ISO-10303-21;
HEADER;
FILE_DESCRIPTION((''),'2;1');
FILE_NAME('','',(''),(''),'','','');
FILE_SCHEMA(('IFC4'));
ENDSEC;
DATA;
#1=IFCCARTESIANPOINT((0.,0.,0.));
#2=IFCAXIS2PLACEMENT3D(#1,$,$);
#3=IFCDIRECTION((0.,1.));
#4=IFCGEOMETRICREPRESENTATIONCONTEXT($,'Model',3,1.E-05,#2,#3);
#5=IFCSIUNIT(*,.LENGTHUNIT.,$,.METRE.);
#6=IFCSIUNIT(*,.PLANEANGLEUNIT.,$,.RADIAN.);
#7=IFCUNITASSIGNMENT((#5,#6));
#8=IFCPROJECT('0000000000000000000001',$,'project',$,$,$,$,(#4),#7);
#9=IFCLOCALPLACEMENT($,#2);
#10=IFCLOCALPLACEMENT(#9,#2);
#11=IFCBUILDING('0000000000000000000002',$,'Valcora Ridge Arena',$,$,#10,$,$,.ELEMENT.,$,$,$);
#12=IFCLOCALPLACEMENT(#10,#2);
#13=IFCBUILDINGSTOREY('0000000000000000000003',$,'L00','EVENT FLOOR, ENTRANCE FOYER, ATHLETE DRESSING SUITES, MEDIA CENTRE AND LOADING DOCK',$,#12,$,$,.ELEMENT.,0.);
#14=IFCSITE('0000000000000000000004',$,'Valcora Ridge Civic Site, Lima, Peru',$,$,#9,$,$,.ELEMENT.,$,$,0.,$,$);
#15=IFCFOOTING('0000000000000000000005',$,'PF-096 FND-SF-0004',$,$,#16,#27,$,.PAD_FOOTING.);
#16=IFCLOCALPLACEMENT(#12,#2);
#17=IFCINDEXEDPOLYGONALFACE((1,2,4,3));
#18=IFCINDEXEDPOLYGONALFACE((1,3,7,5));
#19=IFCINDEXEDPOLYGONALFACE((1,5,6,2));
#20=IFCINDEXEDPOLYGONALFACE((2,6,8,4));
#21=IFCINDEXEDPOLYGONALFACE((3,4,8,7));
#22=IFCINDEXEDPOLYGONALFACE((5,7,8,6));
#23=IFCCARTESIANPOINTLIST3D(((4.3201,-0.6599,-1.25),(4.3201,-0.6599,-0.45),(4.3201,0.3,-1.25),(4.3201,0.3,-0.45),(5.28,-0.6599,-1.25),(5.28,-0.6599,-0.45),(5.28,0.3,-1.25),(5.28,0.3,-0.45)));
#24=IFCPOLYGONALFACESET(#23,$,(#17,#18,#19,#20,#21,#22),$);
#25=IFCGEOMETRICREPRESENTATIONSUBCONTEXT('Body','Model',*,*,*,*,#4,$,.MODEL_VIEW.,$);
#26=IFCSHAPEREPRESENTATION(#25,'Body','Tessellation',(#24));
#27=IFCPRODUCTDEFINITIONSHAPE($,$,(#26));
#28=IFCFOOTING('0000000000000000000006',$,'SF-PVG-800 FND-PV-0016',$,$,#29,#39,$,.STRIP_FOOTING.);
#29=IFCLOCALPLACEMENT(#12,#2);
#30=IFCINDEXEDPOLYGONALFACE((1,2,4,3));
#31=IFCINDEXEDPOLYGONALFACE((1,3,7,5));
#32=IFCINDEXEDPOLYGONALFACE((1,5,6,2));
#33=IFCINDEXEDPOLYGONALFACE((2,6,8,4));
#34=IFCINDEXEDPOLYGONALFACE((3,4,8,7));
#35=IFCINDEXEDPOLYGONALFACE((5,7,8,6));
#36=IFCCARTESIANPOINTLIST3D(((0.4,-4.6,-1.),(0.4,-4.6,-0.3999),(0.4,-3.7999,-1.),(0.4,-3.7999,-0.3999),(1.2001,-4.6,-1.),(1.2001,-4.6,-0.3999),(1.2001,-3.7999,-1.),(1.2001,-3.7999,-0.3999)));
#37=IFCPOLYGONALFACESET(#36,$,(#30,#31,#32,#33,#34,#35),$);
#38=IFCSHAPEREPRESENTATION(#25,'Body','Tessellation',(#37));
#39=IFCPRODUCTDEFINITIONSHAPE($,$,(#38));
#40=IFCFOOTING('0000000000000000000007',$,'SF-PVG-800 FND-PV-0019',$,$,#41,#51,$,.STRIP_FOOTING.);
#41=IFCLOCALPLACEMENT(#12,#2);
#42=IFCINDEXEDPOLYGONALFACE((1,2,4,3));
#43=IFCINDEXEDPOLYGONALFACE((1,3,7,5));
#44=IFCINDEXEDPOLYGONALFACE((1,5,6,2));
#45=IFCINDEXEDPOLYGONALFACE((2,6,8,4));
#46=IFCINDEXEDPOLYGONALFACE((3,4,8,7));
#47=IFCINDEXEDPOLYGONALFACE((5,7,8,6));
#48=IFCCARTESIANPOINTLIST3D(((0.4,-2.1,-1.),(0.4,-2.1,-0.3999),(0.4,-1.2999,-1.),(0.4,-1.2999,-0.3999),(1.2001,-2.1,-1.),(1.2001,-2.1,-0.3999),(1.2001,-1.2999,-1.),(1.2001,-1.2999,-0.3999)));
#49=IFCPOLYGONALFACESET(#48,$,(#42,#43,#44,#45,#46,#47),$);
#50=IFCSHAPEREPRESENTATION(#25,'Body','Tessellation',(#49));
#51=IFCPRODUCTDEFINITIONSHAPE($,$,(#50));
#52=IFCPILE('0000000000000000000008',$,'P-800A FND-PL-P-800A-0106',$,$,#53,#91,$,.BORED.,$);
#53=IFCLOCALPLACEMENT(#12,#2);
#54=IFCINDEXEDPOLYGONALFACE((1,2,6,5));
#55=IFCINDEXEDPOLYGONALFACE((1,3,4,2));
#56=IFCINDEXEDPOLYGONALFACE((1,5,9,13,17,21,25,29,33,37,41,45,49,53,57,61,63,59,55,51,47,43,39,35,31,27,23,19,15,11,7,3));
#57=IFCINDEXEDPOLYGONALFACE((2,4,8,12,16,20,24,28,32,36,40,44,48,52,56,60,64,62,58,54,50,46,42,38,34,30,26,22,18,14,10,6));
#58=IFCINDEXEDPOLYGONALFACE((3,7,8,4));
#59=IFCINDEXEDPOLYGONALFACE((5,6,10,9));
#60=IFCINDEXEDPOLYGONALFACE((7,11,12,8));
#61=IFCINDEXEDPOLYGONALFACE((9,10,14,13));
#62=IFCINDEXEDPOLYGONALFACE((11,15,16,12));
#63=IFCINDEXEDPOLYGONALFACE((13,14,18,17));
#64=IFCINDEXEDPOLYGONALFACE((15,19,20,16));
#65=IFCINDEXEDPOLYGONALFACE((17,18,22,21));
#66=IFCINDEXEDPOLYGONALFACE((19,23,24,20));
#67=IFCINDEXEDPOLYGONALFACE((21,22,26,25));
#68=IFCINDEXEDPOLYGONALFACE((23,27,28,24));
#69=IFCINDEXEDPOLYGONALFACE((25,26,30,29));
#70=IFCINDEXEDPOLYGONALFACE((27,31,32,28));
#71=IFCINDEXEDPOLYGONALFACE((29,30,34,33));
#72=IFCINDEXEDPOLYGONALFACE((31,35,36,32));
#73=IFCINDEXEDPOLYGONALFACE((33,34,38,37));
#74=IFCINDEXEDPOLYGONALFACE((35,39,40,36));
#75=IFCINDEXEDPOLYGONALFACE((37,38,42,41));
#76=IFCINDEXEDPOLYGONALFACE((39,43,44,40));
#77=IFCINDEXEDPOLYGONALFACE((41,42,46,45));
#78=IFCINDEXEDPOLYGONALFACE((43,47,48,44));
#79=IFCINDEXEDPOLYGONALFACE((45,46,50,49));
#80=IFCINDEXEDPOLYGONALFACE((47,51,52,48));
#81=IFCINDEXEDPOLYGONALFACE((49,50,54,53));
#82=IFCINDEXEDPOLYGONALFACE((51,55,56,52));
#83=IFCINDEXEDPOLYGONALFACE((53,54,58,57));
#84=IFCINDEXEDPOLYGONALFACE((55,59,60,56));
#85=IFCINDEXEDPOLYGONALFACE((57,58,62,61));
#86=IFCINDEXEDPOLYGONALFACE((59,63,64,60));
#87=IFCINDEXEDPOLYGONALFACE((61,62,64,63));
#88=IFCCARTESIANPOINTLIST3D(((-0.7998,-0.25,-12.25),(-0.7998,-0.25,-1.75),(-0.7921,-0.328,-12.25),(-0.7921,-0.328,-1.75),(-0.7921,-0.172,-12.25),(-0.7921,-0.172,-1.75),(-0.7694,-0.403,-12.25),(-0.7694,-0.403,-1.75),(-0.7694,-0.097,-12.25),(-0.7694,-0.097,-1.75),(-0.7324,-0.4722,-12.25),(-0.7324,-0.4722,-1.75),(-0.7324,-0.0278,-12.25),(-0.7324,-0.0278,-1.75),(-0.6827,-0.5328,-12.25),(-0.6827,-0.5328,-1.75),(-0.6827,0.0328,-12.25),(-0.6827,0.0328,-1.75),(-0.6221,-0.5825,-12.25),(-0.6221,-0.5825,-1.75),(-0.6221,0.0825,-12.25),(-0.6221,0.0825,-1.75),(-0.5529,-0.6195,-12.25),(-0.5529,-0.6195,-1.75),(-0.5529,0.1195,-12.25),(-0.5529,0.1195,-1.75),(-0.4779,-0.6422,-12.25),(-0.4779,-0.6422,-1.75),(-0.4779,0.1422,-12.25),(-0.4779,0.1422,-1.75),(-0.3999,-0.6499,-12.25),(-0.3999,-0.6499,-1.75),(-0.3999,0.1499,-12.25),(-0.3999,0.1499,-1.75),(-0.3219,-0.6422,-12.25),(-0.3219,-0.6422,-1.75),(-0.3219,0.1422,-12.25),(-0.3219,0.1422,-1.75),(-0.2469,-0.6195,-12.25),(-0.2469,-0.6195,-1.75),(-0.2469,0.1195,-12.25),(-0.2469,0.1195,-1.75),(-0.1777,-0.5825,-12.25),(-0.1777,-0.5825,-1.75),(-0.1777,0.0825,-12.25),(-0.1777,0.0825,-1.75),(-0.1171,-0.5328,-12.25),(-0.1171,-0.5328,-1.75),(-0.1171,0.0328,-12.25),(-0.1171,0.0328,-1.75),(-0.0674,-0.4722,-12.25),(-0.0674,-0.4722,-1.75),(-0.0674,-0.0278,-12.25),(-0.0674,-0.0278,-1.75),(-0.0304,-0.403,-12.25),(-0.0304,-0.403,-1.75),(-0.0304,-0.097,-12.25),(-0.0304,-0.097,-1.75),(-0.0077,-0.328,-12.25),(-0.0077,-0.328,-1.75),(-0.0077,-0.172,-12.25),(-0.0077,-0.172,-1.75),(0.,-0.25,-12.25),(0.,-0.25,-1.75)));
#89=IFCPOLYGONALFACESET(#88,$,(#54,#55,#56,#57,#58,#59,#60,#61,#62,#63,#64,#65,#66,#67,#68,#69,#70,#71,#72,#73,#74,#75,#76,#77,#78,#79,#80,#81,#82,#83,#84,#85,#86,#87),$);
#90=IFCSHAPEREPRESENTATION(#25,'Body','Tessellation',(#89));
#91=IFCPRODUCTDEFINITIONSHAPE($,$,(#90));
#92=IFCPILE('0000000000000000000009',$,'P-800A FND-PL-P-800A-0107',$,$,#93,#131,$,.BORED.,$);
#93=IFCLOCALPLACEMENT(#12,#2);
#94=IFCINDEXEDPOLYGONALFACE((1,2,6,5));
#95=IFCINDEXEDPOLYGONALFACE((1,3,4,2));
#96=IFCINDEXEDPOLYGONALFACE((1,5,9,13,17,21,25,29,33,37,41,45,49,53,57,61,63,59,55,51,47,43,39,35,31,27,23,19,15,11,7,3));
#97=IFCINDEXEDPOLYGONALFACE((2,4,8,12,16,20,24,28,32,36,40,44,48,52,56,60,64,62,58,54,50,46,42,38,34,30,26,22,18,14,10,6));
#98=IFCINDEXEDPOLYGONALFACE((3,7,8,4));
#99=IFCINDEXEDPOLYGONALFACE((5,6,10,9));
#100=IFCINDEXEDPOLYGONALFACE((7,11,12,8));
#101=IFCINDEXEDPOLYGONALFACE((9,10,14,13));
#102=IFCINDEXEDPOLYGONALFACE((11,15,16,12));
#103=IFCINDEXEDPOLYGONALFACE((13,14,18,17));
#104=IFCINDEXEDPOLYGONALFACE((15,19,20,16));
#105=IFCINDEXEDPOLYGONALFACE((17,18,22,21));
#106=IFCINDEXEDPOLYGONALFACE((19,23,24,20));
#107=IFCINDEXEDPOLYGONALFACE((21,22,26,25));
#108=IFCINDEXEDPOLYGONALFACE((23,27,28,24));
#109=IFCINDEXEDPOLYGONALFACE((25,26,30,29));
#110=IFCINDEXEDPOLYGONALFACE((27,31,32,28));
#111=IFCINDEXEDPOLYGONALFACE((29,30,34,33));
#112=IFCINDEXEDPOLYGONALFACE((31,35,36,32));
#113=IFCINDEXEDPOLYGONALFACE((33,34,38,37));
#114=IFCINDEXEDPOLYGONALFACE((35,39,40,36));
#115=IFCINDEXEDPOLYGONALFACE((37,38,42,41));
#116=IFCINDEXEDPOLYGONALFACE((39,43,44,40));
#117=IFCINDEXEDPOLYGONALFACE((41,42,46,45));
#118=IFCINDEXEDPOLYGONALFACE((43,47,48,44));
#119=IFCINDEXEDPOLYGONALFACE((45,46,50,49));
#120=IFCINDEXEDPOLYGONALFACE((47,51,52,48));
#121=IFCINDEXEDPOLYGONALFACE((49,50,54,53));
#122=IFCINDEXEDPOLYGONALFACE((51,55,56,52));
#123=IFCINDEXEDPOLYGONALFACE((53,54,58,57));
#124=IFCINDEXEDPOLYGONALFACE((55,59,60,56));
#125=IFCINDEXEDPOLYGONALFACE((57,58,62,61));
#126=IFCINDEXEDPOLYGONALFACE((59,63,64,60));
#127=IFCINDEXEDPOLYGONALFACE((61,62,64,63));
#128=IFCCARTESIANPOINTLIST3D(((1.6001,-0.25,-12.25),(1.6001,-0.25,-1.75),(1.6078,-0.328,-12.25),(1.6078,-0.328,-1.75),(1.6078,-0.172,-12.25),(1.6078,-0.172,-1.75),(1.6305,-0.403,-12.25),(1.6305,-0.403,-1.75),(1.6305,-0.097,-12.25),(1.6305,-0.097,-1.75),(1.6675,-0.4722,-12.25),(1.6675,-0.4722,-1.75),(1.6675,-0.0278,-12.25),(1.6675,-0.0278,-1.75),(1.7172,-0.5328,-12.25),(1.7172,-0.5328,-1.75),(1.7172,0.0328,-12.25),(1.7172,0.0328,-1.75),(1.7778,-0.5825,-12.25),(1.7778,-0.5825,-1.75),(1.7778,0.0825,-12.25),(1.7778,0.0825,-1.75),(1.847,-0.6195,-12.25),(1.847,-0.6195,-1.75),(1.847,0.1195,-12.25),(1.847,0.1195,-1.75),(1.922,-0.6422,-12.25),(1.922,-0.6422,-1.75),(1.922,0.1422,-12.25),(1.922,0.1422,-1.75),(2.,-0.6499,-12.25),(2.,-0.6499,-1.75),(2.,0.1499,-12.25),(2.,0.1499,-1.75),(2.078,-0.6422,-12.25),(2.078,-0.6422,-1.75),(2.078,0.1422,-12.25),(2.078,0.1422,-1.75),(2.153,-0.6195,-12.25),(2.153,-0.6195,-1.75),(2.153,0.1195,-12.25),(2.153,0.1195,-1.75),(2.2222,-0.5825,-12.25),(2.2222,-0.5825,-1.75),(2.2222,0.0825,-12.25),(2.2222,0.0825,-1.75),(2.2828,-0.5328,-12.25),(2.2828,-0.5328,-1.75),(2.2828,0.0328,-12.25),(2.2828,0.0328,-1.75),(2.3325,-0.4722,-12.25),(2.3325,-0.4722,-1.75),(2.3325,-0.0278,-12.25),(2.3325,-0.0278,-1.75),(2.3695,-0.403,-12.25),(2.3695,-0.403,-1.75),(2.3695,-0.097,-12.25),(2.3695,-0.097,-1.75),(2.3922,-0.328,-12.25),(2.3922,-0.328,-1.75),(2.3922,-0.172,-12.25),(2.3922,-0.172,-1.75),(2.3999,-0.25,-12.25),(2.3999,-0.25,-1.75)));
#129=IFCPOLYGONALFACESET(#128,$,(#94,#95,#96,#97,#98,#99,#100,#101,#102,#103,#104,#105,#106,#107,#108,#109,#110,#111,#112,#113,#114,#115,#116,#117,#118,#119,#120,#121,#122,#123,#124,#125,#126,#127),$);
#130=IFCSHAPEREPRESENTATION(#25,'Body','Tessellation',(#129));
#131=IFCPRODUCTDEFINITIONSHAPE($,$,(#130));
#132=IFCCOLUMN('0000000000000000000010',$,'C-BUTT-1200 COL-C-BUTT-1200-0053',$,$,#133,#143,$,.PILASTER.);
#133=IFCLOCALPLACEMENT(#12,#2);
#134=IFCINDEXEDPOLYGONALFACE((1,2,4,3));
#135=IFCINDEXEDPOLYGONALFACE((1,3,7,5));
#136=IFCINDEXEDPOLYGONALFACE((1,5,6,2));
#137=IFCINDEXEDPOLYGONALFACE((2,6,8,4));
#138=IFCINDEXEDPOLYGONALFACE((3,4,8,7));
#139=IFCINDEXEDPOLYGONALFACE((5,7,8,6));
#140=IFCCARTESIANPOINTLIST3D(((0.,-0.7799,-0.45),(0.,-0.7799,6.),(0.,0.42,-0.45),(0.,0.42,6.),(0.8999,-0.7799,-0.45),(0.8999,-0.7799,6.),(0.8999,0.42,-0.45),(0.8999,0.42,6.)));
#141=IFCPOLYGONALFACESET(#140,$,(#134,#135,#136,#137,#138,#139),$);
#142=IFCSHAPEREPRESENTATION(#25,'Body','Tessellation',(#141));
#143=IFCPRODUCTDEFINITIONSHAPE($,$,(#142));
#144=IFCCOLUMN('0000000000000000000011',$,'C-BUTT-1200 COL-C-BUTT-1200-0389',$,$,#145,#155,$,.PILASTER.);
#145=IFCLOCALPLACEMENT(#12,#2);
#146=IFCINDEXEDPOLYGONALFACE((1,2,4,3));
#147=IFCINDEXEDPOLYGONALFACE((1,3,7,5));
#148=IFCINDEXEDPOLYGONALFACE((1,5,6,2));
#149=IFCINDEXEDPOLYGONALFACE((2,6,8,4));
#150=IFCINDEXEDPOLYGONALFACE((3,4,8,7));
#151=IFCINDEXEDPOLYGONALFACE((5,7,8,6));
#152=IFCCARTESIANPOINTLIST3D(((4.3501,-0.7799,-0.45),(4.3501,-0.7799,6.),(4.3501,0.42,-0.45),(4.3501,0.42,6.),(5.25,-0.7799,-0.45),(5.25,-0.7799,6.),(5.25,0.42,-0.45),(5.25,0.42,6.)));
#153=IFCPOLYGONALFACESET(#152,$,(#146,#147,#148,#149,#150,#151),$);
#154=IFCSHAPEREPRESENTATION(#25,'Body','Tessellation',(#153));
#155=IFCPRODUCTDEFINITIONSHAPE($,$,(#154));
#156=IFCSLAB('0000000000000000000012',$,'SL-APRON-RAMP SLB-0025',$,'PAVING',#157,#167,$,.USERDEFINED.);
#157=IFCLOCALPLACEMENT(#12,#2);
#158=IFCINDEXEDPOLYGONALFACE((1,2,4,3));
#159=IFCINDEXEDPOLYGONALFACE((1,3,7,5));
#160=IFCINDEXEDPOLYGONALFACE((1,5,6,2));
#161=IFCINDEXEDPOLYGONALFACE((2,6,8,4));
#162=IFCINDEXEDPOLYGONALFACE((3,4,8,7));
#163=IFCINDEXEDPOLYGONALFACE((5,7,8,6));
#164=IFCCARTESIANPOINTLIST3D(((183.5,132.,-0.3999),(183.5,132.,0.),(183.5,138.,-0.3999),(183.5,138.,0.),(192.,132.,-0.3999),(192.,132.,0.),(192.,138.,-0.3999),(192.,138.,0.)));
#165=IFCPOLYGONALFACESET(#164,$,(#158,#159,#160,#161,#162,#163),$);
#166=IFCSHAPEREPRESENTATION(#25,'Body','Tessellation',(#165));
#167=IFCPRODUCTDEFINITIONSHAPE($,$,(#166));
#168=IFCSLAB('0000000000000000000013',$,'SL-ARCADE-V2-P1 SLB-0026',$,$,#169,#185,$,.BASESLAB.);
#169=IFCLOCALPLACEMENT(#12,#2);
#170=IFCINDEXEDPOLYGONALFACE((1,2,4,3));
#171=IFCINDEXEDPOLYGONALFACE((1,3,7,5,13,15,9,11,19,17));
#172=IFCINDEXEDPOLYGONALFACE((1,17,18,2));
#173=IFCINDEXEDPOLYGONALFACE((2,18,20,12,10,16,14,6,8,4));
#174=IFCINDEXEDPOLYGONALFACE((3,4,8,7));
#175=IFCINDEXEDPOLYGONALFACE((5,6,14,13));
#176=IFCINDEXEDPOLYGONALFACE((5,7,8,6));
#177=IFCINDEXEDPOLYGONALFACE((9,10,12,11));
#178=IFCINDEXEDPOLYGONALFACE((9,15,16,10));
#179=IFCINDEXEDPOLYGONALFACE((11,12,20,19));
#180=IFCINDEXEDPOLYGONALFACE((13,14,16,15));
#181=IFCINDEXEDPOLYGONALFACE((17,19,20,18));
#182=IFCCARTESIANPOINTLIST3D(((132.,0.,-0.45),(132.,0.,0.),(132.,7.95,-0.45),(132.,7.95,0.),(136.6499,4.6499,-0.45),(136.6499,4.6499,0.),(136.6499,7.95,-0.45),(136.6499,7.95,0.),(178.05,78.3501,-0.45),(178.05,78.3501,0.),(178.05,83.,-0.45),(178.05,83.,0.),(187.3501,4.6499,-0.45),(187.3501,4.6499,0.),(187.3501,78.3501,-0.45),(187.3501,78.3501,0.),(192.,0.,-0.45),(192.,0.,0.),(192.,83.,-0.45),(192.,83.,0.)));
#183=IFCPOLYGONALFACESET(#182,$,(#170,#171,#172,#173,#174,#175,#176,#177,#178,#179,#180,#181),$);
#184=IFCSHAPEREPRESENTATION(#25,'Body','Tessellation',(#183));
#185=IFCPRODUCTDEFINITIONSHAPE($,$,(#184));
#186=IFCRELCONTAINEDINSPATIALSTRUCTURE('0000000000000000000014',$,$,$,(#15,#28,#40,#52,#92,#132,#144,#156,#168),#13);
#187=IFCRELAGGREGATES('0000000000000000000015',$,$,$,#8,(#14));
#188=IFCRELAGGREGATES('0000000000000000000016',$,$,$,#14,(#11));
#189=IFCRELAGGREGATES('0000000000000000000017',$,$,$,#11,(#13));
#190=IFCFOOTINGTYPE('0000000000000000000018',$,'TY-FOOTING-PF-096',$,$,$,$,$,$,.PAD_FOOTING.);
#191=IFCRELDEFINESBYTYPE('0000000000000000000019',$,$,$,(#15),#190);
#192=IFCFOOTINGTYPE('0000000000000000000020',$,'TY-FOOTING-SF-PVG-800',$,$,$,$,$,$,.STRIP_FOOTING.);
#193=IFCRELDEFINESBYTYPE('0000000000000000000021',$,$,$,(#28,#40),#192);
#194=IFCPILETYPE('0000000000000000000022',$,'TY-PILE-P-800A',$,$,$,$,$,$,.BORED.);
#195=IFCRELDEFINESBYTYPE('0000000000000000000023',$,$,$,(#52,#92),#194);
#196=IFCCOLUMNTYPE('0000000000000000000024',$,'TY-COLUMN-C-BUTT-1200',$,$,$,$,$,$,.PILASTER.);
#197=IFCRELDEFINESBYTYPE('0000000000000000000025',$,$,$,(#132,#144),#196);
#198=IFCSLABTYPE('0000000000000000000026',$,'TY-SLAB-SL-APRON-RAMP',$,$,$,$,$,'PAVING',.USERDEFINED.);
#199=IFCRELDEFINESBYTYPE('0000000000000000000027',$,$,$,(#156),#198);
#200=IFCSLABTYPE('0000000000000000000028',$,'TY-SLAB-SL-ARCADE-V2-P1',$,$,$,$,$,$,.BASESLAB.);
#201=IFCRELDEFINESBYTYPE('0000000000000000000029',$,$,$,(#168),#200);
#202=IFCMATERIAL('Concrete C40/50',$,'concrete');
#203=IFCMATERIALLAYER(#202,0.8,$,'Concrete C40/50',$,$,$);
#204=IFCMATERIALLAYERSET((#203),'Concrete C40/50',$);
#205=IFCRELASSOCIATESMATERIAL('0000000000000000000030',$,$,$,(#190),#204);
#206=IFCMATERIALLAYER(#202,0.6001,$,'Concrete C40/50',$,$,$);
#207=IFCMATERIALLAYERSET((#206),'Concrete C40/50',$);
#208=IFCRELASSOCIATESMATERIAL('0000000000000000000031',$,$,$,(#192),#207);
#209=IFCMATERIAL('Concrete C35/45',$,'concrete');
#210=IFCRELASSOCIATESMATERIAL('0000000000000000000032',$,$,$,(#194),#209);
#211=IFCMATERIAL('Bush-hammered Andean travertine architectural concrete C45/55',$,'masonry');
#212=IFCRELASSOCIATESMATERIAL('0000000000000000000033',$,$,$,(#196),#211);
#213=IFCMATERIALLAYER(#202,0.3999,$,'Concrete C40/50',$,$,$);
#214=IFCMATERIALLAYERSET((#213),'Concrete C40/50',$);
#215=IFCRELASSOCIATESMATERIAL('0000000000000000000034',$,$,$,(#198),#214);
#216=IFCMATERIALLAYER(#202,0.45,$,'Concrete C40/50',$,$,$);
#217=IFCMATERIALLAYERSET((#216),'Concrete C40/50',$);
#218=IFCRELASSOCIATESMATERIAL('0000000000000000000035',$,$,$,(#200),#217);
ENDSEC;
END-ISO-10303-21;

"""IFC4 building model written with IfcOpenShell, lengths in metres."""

from ifc_helpers import new_model, si_unit, direction, frame, origin, origin_2d, place, context, subcontext, project, spatial, polyline, rectangle, circle, outline, extrude, material, layer, layer_set, material_profile, profile_set, type_object, element, save


model = new_model("IFC4")

# Units and contexts
model_context = context("Model", 3, precision=1e-05, world=origin(), true_north=direction((0.0, 1.0)))
body_context = subcontext(model_context, "Body", "Model", "MODEL_VIEW")
ifc_project = project(units=[si_unit("LENGTHUNIT", "METRE"), si_unit("PLANEANGLEUNIT", "RADIAN")], contexts=[model_context])

# Site, building, storey
site_placement = place(None, origin())
site = spatial("IfcSite", under=ifc_project, at=site_placement, Name="Valcora Ridge Civic Site, Lima, Peru", CompositionType="ELEMENT", RefElevation=0.0)
building_placement = place(site_placement, origin())
building = spatial("IfcBuilding", under=site, at=building_placement, Name="Valcora Ridge Arena", CompositionType="ELEMENT")
storey_placement = place(building_placement, origin())
storey = spatial("IfcBuildingStorey", under=building, at=storey_placement, Name="L00", Description="EVENT FLOOR, ENTRANCE FOYER, ATHLETE DRESSING SUITES, MEDIA CENTRE AND LOADING DOCK", CompositionType="ELEMENT", Elevation=0.0)

# Footings
ifc_material_1 = material(Name="Concrete C40/50", Category="concrete")
ifc_layer_1 = layer(ifc_material_1, 0.8, Name="Concrete C40/50")
ifc_layer_set_1 = layer_set([ifc_layer_1], Name="Concrete C40/50")
footing_type_1 = type_object("IfcFootingType", Name="TY-FOOTING-PF-096", PredefinedType="PAD_FOOTING", material=ifc_layer_set_1)
footing_placement = place(storey_placement, frame((4.8, -0.1799, -1.25), z_axis=(0.0, 0.0, 1.0), x_axis=(1.0, 0.0, 0.0)))
element("IfcFooting", 1, at=footing_placement, inside=storey, type_object=footing_type_1, Name="PF-096 FND-SF-0004", PredefinedType="PAD_FOOTING", context=body_context, shape_type="SweptSolid", body=[
    extrude(rectangle(XDim=0.96, YDim=0.96, at=origin_2d()), origin(), (0.0, 0.0, 1.0), 0.8),
])
ifc_layer_2 = layer(ifc_material_1, 0.6001, Name="Concrete C40/50")
ifc_layer_set_2 = layer_set([ifc_layer_2], Name="Concrete C40/50")
footing_type_2 = type_object("IfcFootingType", Name="TY-FOOTING-SF-PVG-800", PredefinedType="STRIP_FOOTING", material=ifc_layer_set_2)
for number, where, z_axis, x_axis, name in (
    (2, (0.8, -4.2, -1.0), (0.0, 0.0, 1.0), (1.0, 0.0, 0.0), "SF-PVG-800 FND-PV-0016"),
    (3, (0.8, -1.7, -1.0), (0.0, 0.0, 1.0), (1.0, 0.0, 0.0), "SF-PVG-800 FND-PV-0019"),
):
    element("IfcFooting", number, at=place(storey_placement, frame(where, z_axis=z_axis, x_axis=x_axis)), inside=storey, type_object=footing_type_2, Name=name, PredefinedType="STRIP_FOOTING", context=body_context, shape_type="SweptSolid", body=[
        extrude(rectangle(XDim=0.8, YDim=0.8, at=origin_2d()), origin(), (0.0, 0.0, 1.0), 0.6001),
    ])

# Piles
ifc_material_2 = material(Name="Concrete C35/45", Category="concrete")
ifc_material_profile_1 = material_profile(ifc_material_2, circle(Radius=0.3999, at=origin_2d()), Name="BORED PILE D800")
ifc_profile_set_1 = profile_set([ifc_material_profile_1], Name="Concrete C35/45")
pile_type = type_object("IfcPileType", Name="TY-PILE-P-800A", PredefinedType="BORED", material=ifc_profile_set_1)
for number, where, z_axis, x_axis, name in (
    (4, (-0.3999, -0.25, -1.75), (0.0, 0.0, -1.0), (1.0, 0.0, 0.0), "P-800A FND-PL-P-800A-0106"),
    (5, (2.0, -0.25, -1.75), (0.0, 0.0, -1.0), (1.0, 0.0, 0.0), "P-800A FND-PL-P-800A-0107"),
):
    element("IfcPile", number, at=place(storey_placement, frame(where, z_axis=z_axis, x_axis=x_axis)), inside=storey, type_object=pile_type, Name=name, PredefinedType="BORED", context=body_context, shape_type="SweptSolid", body=[
        extrude(circle(Radius=0.3999, at=origin_2d()), origin(), (0.0, 0.0, 1.0), 10.5),
    ])

# Columns
ifc_material_3 = material(Name="Bush-hammered Andean travertine architectural concrete C45/55", Category="masonry")
ifc_material_profile_2 = material_profile(ifc_material_3, rectangle(XDim=0.8999, YDim=1.2, at=origin_2d()), Name="RC 900x1200")
ifc_profile_set_2 = profile_set([ifc_material_profile_2], Name="Bush-hammered Andean travertine architectural concrete C45/55")
column_type = type_object("IfcColumnType", Name="TY-COLUMN-C-BUTT-1200", PredefinedType="PILASTER", material=ifc_profile_set_2)
for number, where, z_axis, x_axis, name in (
    (6, (0.45, -0.1799, -0.45), (0.0, 0.0, 1.0), (1.0, 0.0, 0.0), "C-BUTT-1200 COL-C-BUTT-1200-0053"),
    (7, (4.8, -0.1799, -0.45), (0.0, 0.0, 1.0), (1.0, 0.0, 0.0), "C-BUTT-1200 COL-C-BUTT-1200-0389"),
):
    element("IfcColumn", number, at=place(storey_placement, frame(where, z_axis=z_axis, x_axis=x_axis)), inside=storey, type_object=column_type, Name=name, PredefinedType="PILASTER", context=body_context, shape_type="SweptSolid", body=[
        extrude(rectangle(XDim=0.8999, YDim=1.2, at=origin_2d()), origin(), (0.0, 0.0, 1.0), 6.45),
    ])

# Slabs
ifc_layer_3 = layer(ifc_material_1, 0.3999, Name="Concrete C40/50")
ifc_layer_set_3 = layer_set([ifc_layer_3], Name="Concrete C40/50")
slab_type_1 = type_object("IfcSlabType", Name="TY-SLAB-SL-APRON-RAMP", ElementType="PAVING", PredefinedType="USERDEFINED", material=ifc_layer_set_3)
slab_1_placement = place(storey_placement, frame((0.0, 0.0, -0.3999)))
element("IfcSlab", 8, at=slab_1_placement, inside=storey, type_object=slab_type_1, Name="SL-APRON-RAMP SLB-0025", ObjectType="PAVING", PredefinedType="USERDEFINED", context=body_context, shape_type="SweptSolid", body=[
    extrude(outline(polyline([(192.0, 132.0), (192.0, 138.0), (183.5, 138.0), (183.5, 132.0), (192.0, 132.0)])), origin(), (0.0, 0.0, 1.0), 0.3999),
])
ifc_layer_4 = layer(ifc_material_1, 0.45, Name="Concrete C40/50")
ifc_layer_set_4 = layer_set([ifc_layer_4], Name="Concrete C40/50")
slab_type_2 = type_object("IfcSlabType", Name="TY-SLAB-SL-ARCADE-V2-P1", PredefinedType="BASESLAB", material=ifc_layer_set_4)
slab_2_placement = place(storey_placement, frame((0.0, 0.0, -0.45)))
element("IfcSlab", 9, at=slab_2_placement, inside=storey, type_object=slab_type_2, Name="SL-ARCADE-V2-P1 SLB-0026", PredefinedType="BASESLAB", context=body_context, shape_type="SweptSolid", body=[
    extrude(outline(polyline([(132.0, 7.95), (132.0, 0.0), (192.0, 0.0), (192.0, 83.0), (178.05, 83.0), (178.05, 78.3501), (187.3501, 78.3501), (187.3501, 4.6499), (136.6499, 4.6499), (136.6499, 7.95), (132.0, 7.95)])), origin(), (0.0, 0.0, 1.0), 0.45),
])

save(model, "model.ifc")
